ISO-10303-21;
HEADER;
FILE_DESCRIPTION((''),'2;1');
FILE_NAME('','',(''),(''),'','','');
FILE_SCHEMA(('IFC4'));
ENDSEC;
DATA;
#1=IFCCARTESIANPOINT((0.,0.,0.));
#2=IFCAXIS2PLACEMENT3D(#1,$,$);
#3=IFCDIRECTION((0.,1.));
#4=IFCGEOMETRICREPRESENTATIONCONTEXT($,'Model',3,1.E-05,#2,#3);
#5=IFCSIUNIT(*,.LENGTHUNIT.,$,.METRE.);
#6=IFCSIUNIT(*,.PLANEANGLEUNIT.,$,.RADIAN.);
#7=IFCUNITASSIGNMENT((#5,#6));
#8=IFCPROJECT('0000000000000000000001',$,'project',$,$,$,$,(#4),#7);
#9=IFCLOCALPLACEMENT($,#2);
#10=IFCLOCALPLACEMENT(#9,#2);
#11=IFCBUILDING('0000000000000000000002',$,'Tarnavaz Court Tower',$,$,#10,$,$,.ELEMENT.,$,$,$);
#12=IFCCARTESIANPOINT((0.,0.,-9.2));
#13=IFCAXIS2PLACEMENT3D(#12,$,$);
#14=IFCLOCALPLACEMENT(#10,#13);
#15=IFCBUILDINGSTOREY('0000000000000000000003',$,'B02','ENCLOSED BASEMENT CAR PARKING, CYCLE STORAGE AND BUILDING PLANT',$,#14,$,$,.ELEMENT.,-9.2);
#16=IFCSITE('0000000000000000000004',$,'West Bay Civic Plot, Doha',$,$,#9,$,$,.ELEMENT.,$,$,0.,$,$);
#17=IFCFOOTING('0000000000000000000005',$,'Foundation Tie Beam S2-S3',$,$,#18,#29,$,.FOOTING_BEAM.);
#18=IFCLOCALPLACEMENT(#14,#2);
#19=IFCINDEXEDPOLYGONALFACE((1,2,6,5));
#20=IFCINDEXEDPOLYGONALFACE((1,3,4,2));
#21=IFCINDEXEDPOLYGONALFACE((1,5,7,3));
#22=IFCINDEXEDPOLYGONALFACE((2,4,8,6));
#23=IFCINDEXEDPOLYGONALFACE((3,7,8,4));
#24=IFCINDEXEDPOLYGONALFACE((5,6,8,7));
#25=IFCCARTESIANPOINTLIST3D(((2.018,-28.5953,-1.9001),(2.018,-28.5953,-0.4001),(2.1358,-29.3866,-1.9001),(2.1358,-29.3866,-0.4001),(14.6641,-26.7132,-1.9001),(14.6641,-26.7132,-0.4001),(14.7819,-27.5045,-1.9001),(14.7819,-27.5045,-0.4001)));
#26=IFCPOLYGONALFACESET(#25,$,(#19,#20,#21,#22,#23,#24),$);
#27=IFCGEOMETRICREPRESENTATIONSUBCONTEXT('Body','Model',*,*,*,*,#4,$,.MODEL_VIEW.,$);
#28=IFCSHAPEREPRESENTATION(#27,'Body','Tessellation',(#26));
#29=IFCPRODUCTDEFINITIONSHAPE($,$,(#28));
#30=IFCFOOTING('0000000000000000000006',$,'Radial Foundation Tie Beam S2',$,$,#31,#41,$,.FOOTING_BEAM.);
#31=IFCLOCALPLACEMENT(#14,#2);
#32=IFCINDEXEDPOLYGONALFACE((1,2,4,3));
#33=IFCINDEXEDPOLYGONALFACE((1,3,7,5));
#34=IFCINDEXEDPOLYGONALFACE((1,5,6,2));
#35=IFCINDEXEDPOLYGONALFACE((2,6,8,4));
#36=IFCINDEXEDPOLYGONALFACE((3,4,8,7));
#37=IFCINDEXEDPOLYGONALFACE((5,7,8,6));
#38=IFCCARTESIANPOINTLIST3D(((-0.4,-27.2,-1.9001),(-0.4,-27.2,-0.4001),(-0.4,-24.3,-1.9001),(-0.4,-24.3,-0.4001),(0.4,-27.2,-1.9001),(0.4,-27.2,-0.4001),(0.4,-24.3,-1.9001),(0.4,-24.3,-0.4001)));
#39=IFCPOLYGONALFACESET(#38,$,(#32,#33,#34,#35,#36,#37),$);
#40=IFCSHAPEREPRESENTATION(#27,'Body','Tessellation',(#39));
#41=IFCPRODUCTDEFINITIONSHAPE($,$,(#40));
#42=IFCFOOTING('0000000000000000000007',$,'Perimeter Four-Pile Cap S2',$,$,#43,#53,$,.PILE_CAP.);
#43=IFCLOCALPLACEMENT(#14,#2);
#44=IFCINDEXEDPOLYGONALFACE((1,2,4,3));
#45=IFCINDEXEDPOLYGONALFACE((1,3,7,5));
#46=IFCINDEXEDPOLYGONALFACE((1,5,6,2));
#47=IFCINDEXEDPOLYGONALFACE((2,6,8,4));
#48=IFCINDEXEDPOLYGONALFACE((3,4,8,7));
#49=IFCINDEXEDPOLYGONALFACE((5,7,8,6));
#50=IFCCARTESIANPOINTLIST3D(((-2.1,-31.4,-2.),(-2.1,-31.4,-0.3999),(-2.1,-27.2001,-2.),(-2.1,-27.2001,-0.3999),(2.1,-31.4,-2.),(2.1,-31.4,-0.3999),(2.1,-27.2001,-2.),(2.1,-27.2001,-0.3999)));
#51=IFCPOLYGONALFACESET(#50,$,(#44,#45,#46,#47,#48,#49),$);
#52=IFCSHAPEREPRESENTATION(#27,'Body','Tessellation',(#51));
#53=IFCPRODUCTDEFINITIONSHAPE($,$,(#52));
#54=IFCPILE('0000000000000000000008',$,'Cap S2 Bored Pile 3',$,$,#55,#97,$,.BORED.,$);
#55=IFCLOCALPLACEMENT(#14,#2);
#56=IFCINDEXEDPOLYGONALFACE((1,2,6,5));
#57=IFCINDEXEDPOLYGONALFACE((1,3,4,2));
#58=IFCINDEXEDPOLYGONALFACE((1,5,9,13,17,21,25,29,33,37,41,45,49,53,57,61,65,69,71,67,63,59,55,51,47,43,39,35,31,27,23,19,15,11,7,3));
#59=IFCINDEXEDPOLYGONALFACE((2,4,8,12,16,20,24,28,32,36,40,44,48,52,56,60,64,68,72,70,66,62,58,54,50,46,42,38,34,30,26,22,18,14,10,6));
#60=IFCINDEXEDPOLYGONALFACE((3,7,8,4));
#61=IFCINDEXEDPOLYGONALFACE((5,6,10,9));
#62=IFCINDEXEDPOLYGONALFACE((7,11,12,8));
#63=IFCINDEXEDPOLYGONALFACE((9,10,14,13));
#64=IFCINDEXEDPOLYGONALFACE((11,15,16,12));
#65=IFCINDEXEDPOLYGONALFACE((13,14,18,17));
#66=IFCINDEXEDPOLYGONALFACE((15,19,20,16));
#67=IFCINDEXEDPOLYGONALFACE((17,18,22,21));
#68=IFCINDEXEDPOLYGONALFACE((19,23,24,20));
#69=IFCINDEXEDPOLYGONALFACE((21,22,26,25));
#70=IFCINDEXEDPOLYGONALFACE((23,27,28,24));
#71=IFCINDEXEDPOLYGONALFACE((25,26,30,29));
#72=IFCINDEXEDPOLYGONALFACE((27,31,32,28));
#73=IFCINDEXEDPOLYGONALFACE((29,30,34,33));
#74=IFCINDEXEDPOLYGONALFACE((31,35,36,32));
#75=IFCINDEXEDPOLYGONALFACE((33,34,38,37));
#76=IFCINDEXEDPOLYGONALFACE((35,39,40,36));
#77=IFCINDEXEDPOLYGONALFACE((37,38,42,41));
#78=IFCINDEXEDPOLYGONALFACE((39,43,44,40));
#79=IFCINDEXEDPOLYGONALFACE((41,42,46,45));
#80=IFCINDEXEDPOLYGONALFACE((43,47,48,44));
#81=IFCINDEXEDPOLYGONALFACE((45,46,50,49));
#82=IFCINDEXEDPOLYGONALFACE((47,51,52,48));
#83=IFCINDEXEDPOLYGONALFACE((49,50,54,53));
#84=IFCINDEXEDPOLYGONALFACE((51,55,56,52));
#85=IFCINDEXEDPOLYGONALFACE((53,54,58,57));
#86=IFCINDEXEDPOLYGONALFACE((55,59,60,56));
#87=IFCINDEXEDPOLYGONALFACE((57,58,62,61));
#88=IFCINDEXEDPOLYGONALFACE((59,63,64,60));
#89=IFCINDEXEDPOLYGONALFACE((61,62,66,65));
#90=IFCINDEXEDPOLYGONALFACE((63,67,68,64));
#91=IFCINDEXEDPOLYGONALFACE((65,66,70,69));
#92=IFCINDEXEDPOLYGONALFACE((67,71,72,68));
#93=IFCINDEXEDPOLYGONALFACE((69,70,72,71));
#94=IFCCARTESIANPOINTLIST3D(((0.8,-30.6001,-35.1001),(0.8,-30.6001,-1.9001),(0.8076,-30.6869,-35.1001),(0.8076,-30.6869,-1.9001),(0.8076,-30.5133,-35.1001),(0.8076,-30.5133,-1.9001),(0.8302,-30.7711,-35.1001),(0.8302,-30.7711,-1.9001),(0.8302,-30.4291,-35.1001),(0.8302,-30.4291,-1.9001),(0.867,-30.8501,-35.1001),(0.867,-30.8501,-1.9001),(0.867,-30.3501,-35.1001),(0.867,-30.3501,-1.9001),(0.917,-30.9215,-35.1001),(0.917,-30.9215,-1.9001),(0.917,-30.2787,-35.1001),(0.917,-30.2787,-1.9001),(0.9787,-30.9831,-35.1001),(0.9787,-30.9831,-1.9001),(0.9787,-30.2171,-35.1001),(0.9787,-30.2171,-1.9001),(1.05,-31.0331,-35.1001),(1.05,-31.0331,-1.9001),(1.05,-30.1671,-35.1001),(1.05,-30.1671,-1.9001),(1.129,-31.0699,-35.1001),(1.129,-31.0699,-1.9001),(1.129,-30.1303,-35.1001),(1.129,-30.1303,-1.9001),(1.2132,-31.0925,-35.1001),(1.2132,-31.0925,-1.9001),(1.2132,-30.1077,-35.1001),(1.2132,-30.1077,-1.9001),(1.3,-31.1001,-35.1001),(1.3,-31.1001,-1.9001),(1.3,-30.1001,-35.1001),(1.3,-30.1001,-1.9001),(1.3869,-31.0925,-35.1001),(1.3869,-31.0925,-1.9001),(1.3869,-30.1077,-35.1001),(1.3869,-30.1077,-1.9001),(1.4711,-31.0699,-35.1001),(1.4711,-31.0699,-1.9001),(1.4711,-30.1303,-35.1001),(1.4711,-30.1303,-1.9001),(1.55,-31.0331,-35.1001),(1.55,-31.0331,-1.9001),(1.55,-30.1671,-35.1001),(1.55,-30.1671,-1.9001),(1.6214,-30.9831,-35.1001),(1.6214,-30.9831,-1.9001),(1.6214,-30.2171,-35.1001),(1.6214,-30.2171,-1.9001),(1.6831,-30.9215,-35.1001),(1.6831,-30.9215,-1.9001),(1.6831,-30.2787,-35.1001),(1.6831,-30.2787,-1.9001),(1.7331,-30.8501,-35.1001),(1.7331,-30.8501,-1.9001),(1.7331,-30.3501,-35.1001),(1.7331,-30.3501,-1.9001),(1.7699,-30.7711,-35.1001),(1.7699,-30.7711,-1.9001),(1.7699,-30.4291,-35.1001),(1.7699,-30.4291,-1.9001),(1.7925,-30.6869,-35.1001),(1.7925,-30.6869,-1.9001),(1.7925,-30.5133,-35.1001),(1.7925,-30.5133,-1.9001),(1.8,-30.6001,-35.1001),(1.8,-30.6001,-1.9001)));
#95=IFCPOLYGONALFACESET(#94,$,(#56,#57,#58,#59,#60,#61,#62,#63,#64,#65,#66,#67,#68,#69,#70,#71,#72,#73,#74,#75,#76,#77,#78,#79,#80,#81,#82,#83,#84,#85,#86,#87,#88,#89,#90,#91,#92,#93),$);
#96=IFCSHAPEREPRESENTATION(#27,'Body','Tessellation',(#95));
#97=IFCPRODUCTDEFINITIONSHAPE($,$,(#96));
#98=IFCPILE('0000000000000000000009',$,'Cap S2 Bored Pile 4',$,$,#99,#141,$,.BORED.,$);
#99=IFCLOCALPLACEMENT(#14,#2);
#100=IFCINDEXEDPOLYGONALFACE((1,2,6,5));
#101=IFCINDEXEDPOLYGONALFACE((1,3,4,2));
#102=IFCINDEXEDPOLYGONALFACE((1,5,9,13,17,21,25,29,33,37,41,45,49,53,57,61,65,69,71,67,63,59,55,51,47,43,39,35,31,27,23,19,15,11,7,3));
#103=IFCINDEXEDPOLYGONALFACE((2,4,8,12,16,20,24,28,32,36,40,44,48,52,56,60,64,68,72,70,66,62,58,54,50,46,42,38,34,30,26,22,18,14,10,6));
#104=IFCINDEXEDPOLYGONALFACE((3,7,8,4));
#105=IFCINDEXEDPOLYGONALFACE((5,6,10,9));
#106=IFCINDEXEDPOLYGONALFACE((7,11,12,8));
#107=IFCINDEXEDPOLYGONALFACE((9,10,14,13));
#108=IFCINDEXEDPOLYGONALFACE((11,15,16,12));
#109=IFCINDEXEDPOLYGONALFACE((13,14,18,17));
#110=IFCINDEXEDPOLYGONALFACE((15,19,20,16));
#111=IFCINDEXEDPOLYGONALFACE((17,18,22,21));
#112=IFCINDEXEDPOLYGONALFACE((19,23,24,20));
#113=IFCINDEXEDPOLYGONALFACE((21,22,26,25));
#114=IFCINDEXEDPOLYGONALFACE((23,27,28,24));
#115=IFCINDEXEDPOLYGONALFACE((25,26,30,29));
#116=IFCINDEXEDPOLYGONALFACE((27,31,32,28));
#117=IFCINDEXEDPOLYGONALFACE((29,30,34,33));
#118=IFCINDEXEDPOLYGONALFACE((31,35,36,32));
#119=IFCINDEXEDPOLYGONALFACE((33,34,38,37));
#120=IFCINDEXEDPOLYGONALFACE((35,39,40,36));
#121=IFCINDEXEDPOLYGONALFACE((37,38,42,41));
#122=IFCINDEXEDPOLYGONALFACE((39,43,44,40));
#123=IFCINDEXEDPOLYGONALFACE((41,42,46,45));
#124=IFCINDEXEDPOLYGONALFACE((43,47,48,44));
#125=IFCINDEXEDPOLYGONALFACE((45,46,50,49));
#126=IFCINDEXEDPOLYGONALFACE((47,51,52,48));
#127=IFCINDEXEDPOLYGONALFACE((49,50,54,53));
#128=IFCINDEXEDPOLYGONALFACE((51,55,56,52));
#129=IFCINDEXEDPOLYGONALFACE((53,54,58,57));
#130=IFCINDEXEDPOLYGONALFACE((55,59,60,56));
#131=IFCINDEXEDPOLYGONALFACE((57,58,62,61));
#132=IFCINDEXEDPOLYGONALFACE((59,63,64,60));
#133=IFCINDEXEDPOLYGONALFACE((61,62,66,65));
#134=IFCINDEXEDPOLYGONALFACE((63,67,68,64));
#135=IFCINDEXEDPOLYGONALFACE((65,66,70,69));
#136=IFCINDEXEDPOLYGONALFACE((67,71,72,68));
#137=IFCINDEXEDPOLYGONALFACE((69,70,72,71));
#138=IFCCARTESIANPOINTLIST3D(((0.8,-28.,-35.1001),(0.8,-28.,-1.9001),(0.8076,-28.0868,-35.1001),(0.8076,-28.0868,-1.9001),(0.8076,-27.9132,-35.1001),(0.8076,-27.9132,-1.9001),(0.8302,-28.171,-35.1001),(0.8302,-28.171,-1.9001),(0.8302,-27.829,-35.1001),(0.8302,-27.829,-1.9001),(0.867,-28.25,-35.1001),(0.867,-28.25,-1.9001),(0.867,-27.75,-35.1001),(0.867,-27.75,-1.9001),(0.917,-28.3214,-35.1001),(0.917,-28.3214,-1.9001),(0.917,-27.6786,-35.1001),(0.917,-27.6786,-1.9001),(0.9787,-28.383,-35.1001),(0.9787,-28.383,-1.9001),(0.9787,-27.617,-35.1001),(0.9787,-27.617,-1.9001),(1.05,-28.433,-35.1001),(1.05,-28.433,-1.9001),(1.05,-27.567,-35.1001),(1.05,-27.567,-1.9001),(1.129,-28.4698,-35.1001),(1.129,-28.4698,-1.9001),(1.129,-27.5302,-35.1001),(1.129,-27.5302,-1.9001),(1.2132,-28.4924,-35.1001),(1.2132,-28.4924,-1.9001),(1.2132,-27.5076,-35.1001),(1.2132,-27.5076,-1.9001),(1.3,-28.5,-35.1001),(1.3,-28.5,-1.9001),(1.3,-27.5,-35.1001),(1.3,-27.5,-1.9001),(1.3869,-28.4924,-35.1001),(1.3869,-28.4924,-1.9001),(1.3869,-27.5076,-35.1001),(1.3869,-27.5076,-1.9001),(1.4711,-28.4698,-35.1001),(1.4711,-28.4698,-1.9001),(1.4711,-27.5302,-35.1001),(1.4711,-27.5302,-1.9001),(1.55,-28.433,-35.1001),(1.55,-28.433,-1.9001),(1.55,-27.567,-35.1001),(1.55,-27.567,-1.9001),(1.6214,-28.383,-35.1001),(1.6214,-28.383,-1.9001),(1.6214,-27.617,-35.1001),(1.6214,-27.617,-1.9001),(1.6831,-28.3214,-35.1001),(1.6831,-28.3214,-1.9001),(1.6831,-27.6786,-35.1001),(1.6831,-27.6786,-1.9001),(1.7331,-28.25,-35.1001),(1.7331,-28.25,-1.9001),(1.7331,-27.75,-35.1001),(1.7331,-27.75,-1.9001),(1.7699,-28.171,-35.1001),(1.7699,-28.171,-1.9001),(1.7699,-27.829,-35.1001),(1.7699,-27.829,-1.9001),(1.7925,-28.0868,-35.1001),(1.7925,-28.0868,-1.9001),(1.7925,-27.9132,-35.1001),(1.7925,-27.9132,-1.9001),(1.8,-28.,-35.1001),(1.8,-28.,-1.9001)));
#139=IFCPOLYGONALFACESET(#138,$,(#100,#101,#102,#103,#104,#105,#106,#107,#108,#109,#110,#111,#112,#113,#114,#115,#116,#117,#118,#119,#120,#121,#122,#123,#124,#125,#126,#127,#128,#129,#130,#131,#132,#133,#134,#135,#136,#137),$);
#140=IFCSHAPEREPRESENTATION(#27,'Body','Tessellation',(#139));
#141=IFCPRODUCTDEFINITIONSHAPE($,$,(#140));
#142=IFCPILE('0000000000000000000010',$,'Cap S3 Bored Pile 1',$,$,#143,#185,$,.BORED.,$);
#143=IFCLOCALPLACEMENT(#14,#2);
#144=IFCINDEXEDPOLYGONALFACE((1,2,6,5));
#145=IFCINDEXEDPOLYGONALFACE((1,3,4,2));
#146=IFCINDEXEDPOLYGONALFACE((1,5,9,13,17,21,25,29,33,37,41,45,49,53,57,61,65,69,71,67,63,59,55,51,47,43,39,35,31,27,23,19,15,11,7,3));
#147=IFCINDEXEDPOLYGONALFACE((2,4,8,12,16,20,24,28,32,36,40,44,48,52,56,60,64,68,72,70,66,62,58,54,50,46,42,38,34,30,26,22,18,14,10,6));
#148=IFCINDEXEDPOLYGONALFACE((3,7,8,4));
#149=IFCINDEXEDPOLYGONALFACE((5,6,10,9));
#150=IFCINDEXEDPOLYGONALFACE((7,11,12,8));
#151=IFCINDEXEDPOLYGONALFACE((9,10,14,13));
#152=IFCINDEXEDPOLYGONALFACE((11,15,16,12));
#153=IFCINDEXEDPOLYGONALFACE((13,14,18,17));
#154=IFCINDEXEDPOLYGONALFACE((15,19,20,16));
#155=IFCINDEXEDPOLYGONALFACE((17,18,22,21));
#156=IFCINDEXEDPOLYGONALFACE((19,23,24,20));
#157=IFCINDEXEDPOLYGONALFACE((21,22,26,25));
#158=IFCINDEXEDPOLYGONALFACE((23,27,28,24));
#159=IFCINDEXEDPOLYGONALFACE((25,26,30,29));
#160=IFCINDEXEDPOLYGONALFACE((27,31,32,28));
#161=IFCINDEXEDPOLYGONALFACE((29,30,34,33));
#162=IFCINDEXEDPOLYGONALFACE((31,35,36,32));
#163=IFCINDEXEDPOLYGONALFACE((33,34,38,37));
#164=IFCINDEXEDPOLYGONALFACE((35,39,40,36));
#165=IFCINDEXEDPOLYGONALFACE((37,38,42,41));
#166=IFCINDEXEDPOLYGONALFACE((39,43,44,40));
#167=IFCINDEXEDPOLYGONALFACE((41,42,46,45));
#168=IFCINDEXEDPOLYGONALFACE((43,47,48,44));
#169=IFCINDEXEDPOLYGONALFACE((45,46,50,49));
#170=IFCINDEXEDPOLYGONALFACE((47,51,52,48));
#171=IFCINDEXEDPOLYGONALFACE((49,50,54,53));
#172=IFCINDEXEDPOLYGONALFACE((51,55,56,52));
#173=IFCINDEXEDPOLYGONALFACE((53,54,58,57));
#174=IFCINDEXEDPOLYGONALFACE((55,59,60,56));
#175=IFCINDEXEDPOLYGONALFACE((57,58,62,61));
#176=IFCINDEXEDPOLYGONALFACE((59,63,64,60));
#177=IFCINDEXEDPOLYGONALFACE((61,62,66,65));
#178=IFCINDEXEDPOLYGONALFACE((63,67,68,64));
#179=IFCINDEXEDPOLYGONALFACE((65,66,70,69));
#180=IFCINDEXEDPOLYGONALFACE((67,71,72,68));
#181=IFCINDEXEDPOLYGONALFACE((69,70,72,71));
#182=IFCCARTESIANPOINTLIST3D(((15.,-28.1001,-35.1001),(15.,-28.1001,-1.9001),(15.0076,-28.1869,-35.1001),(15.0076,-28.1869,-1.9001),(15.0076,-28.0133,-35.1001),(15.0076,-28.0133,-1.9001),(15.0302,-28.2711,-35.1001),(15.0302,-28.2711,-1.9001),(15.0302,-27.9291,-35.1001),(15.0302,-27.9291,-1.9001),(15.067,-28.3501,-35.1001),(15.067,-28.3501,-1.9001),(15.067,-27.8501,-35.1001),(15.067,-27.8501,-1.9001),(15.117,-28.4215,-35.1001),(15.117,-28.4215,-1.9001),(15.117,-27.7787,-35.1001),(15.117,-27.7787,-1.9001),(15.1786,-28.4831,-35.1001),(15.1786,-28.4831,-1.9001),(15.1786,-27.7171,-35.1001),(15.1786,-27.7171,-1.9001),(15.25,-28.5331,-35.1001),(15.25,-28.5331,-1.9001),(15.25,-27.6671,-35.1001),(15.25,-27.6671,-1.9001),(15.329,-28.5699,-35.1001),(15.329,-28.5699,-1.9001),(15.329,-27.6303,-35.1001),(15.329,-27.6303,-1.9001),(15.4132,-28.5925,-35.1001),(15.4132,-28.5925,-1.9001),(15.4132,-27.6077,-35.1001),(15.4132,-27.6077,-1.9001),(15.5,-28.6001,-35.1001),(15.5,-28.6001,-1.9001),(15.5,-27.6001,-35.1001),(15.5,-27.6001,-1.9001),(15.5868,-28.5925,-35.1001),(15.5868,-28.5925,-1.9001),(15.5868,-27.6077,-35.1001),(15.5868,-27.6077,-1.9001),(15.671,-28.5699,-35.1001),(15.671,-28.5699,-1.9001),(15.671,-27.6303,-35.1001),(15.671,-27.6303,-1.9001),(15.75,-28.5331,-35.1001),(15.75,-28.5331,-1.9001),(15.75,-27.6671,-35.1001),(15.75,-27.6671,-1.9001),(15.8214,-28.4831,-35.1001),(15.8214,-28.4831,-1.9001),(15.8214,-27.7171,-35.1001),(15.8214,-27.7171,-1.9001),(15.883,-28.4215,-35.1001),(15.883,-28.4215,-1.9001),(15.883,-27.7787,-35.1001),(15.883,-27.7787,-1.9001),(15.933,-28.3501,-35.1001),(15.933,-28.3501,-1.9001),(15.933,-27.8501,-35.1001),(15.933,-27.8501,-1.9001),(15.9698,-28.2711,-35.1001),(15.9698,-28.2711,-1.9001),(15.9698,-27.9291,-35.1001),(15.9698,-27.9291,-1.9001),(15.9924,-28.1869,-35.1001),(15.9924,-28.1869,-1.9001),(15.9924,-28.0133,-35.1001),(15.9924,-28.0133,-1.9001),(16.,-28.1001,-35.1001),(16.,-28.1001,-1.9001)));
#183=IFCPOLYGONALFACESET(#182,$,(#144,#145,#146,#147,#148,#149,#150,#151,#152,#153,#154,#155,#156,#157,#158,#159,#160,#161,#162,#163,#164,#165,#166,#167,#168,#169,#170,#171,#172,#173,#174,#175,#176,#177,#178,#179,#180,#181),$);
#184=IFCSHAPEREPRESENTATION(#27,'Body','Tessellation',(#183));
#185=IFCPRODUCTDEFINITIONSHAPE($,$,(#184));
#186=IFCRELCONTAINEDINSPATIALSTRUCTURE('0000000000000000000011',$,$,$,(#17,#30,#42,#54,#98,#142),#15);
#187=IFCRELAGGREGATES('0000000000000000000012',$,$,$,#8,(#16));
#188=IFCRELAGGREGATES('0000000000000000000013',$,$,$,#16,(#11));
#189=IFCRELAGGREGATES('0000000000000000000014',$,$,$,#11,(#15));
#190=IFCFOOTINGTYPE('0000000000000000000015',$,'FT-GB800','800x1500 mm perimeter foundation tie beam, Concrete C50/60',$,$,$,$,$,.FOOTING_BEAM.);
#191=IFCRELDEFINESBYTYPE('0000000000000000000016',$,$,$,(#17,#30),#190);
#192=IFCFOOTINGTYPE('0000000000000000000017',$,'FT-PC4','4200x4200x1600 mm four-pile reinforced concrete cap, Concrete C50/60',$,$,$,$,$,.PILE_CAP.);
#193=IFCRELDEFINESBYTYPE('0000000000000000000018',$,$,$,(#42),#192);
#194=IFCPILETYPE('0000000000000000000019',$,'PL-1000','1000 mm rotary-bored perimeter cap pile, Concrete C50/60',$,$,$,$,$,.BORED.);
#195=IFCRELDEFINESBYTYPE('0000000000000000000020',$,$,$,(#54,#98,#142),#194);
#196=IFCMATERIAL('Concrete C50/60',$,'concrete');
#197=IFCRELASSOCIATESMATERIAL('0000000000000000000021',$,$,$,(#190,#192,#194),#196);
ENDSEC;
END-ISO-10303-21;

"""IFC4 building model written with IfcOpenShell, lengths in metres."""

from ifc_helpers import new_model, si_unit, direction, frame, origin, origin_2d, place, context, subcontext, project, spatial, rectangle, circle, extrude, material, material_profile, profile_set, type_object, element, save


model = new_model("IFC4")

# Units and contexts
model_context = context("Model", 3, precision=1e-05, world=origin(), true_north=direction((0.0, 1.0)))
body_context = subcontext(model_context, "Body", "Model", "MODEL_VIEW")
ifc_project = project(units=[si_unit("LENGTHUNIT", "METRE"), si_unit("PLANEANGLEUNIT", "RADIAN")], contexts=[model_context])

# Site, building, storey
site_placement = place(None, origin())
site = spatial("IfcSite", under=ifc_project, at=site_placement, Name="West Bay Civic Plot, Doha", CompositionType="ELEMENT", RefElevation=0.0)
building_placement = place(site_placement, origin())
building = spatial("IfcBuilding", under=site, at=building_placement, Name="Tarnavaz Court Tower", CompositionType="ELEMENT")
storey_placement = place(building_placement, frame((0.0, 0.0, -9.2)))
storey = spatial("IfcBuildingStorey", under=building, at=storey_placement, Name="B02", Description="ENCLOSED BASEMENT CAR PARKING, CYCLE STORAGE AND BUILDING PLANT", CompositionType="ELEMENT", Elevation=-9.2)

# Footings
ifc_material_1 = material(Name="Concrete C50/60", Category="concrete")
ifc_material_profile_1 = material_profile(ifc_material_1, rectangle(XDim=0.8, YDim=1.5, at=origin_2d()), Name="RC 800X1500")
ifc_profile_set_1 = profile_set([ifc_material_profile_1], Name="Concrete C50/60")
footing_type_1 = type_object("IfcFootingType", Name="FT-GB800", Description="800x1500 mm perimeter foundation tie beam, Concrete C50/60", PredefinedType="FOOTING_BEAM", material=ifc_profile_set_1)
footing_1_placement = place(storey_placement, frame((2.0769, -28.991, -1.1501), z_axis=(0.989106, 0.147207, 0.0), x_axis=(-0.147207, 0.989106, 0.0)))
element("IfcFooting", 1, at=footing_1_placement, inside=storey, type_object=footing_type_1, Name="Foundation Tie Beam S2-S3", PredefinedType="FOOTING_BEAM", context=body_context, shape_type="SweptSolid", body=[
    extrude(rectangle(XDim=0.8, YDim=1.5, at=origin_2d()), origin(), (0.0, 0.0, 1.0), 12.7854),
])
footing_2_placement = place(storey_placement, frame((0.0, -27.2, -1.1501), z_axis=(0.0, 1.0, 0.0), x_axis=(-1.0, 0.0, 0.0)))
element("IfcFooting", 2, at=footing_2_placement, inside=storey, type_object=footing_type_1, Name="Radial Foundation Tie Beam S2", PredefinedType="FOOTING_BEAM", context=body_context, shape_type="SweptSolid", body=[
    extrude(rectangle(XDim=0.8, YDim=1.5, at=origin_2d()), origin(), (0.0, 0.0, 1.0), 2.8999),
])
footing_type_2 = type_object("IfcFootingType", Name="FT-PC4", Description="4200x4200x1600 mm four-pile reinforced concrete cap, Concrete C50/60", PredefinedType="PILE_CAP", material=ifc_material_1)
footing_3_placement = place(storey_placement, frame((0.0, -29.3, -2.0), z_axis=(0.0, 0.0, 1.0), x_axis=(1.0, 0.0, 0.0)))
element("IfcFooting", 3, at=footing_3_placement, inside=storey, type_object=footing_type_2, Name="Perimeter Four-Pile Cap S2", PredefinedType="PILE_CAP", context=body_context, shape_type="SweptSolid", body=[
    extrude(rectangle(XDim=4.2, YDim=4.2, at=origin_2d()), origin(), (0.0, 0.0, 1.0), 1.6001),
])

# Piles
ifc_material_profile_2 = material_profile(ifc_material_1, circle(Radius=0.5, at=origin_2d()), Name="PILE D1000")
ifc_profile_set_2 = profile_set([ifc_material_profile_2], Name="Concrete C50/60")
pile_type_1 = type_object("IfcPileType", Name="PL-1000", Description="1000 mm rotary-bored perimeter cap pile, Concrete C50/60", PredefinedType="BORED", material=ifc_profile_set_2)
for number, where, z_axis, x_axis, name in (
    (4, (1.3, -30.6001, -1.9001), (0.0, 0.0, -1.0), (1.0, 0.0, 0.0), "Cap S2 Bored Pile 3"),
    (5, (1.3, -28.0, -1.9001), (0.0, 0.0, -1.0), (1.0, 0.0, 0.0), "Cap S2 Bored Pile 4"),
    (6, (15.5, -28.1001, -1.9001), (0.0, 0.0, -1.0), (1.0, 0.0, 0.0), "Cap S3 Bored Pile 1"),
):
    element("IfcPile", number, at=place(storey_placement, frame(where, z_axis=z_axis, x_axis=x_axis)), inside=storey, type_object=pile_type_1, Name=name, PredefinedType="BORED", context=body_context, shape_type="SweptSolid", body=[
        extrude(circle(Radius=0.5, at=origin_2d()), origin(), (0.0, 0.0, 1.0), 33.2),
    ])

save(model, "model.ifc")
